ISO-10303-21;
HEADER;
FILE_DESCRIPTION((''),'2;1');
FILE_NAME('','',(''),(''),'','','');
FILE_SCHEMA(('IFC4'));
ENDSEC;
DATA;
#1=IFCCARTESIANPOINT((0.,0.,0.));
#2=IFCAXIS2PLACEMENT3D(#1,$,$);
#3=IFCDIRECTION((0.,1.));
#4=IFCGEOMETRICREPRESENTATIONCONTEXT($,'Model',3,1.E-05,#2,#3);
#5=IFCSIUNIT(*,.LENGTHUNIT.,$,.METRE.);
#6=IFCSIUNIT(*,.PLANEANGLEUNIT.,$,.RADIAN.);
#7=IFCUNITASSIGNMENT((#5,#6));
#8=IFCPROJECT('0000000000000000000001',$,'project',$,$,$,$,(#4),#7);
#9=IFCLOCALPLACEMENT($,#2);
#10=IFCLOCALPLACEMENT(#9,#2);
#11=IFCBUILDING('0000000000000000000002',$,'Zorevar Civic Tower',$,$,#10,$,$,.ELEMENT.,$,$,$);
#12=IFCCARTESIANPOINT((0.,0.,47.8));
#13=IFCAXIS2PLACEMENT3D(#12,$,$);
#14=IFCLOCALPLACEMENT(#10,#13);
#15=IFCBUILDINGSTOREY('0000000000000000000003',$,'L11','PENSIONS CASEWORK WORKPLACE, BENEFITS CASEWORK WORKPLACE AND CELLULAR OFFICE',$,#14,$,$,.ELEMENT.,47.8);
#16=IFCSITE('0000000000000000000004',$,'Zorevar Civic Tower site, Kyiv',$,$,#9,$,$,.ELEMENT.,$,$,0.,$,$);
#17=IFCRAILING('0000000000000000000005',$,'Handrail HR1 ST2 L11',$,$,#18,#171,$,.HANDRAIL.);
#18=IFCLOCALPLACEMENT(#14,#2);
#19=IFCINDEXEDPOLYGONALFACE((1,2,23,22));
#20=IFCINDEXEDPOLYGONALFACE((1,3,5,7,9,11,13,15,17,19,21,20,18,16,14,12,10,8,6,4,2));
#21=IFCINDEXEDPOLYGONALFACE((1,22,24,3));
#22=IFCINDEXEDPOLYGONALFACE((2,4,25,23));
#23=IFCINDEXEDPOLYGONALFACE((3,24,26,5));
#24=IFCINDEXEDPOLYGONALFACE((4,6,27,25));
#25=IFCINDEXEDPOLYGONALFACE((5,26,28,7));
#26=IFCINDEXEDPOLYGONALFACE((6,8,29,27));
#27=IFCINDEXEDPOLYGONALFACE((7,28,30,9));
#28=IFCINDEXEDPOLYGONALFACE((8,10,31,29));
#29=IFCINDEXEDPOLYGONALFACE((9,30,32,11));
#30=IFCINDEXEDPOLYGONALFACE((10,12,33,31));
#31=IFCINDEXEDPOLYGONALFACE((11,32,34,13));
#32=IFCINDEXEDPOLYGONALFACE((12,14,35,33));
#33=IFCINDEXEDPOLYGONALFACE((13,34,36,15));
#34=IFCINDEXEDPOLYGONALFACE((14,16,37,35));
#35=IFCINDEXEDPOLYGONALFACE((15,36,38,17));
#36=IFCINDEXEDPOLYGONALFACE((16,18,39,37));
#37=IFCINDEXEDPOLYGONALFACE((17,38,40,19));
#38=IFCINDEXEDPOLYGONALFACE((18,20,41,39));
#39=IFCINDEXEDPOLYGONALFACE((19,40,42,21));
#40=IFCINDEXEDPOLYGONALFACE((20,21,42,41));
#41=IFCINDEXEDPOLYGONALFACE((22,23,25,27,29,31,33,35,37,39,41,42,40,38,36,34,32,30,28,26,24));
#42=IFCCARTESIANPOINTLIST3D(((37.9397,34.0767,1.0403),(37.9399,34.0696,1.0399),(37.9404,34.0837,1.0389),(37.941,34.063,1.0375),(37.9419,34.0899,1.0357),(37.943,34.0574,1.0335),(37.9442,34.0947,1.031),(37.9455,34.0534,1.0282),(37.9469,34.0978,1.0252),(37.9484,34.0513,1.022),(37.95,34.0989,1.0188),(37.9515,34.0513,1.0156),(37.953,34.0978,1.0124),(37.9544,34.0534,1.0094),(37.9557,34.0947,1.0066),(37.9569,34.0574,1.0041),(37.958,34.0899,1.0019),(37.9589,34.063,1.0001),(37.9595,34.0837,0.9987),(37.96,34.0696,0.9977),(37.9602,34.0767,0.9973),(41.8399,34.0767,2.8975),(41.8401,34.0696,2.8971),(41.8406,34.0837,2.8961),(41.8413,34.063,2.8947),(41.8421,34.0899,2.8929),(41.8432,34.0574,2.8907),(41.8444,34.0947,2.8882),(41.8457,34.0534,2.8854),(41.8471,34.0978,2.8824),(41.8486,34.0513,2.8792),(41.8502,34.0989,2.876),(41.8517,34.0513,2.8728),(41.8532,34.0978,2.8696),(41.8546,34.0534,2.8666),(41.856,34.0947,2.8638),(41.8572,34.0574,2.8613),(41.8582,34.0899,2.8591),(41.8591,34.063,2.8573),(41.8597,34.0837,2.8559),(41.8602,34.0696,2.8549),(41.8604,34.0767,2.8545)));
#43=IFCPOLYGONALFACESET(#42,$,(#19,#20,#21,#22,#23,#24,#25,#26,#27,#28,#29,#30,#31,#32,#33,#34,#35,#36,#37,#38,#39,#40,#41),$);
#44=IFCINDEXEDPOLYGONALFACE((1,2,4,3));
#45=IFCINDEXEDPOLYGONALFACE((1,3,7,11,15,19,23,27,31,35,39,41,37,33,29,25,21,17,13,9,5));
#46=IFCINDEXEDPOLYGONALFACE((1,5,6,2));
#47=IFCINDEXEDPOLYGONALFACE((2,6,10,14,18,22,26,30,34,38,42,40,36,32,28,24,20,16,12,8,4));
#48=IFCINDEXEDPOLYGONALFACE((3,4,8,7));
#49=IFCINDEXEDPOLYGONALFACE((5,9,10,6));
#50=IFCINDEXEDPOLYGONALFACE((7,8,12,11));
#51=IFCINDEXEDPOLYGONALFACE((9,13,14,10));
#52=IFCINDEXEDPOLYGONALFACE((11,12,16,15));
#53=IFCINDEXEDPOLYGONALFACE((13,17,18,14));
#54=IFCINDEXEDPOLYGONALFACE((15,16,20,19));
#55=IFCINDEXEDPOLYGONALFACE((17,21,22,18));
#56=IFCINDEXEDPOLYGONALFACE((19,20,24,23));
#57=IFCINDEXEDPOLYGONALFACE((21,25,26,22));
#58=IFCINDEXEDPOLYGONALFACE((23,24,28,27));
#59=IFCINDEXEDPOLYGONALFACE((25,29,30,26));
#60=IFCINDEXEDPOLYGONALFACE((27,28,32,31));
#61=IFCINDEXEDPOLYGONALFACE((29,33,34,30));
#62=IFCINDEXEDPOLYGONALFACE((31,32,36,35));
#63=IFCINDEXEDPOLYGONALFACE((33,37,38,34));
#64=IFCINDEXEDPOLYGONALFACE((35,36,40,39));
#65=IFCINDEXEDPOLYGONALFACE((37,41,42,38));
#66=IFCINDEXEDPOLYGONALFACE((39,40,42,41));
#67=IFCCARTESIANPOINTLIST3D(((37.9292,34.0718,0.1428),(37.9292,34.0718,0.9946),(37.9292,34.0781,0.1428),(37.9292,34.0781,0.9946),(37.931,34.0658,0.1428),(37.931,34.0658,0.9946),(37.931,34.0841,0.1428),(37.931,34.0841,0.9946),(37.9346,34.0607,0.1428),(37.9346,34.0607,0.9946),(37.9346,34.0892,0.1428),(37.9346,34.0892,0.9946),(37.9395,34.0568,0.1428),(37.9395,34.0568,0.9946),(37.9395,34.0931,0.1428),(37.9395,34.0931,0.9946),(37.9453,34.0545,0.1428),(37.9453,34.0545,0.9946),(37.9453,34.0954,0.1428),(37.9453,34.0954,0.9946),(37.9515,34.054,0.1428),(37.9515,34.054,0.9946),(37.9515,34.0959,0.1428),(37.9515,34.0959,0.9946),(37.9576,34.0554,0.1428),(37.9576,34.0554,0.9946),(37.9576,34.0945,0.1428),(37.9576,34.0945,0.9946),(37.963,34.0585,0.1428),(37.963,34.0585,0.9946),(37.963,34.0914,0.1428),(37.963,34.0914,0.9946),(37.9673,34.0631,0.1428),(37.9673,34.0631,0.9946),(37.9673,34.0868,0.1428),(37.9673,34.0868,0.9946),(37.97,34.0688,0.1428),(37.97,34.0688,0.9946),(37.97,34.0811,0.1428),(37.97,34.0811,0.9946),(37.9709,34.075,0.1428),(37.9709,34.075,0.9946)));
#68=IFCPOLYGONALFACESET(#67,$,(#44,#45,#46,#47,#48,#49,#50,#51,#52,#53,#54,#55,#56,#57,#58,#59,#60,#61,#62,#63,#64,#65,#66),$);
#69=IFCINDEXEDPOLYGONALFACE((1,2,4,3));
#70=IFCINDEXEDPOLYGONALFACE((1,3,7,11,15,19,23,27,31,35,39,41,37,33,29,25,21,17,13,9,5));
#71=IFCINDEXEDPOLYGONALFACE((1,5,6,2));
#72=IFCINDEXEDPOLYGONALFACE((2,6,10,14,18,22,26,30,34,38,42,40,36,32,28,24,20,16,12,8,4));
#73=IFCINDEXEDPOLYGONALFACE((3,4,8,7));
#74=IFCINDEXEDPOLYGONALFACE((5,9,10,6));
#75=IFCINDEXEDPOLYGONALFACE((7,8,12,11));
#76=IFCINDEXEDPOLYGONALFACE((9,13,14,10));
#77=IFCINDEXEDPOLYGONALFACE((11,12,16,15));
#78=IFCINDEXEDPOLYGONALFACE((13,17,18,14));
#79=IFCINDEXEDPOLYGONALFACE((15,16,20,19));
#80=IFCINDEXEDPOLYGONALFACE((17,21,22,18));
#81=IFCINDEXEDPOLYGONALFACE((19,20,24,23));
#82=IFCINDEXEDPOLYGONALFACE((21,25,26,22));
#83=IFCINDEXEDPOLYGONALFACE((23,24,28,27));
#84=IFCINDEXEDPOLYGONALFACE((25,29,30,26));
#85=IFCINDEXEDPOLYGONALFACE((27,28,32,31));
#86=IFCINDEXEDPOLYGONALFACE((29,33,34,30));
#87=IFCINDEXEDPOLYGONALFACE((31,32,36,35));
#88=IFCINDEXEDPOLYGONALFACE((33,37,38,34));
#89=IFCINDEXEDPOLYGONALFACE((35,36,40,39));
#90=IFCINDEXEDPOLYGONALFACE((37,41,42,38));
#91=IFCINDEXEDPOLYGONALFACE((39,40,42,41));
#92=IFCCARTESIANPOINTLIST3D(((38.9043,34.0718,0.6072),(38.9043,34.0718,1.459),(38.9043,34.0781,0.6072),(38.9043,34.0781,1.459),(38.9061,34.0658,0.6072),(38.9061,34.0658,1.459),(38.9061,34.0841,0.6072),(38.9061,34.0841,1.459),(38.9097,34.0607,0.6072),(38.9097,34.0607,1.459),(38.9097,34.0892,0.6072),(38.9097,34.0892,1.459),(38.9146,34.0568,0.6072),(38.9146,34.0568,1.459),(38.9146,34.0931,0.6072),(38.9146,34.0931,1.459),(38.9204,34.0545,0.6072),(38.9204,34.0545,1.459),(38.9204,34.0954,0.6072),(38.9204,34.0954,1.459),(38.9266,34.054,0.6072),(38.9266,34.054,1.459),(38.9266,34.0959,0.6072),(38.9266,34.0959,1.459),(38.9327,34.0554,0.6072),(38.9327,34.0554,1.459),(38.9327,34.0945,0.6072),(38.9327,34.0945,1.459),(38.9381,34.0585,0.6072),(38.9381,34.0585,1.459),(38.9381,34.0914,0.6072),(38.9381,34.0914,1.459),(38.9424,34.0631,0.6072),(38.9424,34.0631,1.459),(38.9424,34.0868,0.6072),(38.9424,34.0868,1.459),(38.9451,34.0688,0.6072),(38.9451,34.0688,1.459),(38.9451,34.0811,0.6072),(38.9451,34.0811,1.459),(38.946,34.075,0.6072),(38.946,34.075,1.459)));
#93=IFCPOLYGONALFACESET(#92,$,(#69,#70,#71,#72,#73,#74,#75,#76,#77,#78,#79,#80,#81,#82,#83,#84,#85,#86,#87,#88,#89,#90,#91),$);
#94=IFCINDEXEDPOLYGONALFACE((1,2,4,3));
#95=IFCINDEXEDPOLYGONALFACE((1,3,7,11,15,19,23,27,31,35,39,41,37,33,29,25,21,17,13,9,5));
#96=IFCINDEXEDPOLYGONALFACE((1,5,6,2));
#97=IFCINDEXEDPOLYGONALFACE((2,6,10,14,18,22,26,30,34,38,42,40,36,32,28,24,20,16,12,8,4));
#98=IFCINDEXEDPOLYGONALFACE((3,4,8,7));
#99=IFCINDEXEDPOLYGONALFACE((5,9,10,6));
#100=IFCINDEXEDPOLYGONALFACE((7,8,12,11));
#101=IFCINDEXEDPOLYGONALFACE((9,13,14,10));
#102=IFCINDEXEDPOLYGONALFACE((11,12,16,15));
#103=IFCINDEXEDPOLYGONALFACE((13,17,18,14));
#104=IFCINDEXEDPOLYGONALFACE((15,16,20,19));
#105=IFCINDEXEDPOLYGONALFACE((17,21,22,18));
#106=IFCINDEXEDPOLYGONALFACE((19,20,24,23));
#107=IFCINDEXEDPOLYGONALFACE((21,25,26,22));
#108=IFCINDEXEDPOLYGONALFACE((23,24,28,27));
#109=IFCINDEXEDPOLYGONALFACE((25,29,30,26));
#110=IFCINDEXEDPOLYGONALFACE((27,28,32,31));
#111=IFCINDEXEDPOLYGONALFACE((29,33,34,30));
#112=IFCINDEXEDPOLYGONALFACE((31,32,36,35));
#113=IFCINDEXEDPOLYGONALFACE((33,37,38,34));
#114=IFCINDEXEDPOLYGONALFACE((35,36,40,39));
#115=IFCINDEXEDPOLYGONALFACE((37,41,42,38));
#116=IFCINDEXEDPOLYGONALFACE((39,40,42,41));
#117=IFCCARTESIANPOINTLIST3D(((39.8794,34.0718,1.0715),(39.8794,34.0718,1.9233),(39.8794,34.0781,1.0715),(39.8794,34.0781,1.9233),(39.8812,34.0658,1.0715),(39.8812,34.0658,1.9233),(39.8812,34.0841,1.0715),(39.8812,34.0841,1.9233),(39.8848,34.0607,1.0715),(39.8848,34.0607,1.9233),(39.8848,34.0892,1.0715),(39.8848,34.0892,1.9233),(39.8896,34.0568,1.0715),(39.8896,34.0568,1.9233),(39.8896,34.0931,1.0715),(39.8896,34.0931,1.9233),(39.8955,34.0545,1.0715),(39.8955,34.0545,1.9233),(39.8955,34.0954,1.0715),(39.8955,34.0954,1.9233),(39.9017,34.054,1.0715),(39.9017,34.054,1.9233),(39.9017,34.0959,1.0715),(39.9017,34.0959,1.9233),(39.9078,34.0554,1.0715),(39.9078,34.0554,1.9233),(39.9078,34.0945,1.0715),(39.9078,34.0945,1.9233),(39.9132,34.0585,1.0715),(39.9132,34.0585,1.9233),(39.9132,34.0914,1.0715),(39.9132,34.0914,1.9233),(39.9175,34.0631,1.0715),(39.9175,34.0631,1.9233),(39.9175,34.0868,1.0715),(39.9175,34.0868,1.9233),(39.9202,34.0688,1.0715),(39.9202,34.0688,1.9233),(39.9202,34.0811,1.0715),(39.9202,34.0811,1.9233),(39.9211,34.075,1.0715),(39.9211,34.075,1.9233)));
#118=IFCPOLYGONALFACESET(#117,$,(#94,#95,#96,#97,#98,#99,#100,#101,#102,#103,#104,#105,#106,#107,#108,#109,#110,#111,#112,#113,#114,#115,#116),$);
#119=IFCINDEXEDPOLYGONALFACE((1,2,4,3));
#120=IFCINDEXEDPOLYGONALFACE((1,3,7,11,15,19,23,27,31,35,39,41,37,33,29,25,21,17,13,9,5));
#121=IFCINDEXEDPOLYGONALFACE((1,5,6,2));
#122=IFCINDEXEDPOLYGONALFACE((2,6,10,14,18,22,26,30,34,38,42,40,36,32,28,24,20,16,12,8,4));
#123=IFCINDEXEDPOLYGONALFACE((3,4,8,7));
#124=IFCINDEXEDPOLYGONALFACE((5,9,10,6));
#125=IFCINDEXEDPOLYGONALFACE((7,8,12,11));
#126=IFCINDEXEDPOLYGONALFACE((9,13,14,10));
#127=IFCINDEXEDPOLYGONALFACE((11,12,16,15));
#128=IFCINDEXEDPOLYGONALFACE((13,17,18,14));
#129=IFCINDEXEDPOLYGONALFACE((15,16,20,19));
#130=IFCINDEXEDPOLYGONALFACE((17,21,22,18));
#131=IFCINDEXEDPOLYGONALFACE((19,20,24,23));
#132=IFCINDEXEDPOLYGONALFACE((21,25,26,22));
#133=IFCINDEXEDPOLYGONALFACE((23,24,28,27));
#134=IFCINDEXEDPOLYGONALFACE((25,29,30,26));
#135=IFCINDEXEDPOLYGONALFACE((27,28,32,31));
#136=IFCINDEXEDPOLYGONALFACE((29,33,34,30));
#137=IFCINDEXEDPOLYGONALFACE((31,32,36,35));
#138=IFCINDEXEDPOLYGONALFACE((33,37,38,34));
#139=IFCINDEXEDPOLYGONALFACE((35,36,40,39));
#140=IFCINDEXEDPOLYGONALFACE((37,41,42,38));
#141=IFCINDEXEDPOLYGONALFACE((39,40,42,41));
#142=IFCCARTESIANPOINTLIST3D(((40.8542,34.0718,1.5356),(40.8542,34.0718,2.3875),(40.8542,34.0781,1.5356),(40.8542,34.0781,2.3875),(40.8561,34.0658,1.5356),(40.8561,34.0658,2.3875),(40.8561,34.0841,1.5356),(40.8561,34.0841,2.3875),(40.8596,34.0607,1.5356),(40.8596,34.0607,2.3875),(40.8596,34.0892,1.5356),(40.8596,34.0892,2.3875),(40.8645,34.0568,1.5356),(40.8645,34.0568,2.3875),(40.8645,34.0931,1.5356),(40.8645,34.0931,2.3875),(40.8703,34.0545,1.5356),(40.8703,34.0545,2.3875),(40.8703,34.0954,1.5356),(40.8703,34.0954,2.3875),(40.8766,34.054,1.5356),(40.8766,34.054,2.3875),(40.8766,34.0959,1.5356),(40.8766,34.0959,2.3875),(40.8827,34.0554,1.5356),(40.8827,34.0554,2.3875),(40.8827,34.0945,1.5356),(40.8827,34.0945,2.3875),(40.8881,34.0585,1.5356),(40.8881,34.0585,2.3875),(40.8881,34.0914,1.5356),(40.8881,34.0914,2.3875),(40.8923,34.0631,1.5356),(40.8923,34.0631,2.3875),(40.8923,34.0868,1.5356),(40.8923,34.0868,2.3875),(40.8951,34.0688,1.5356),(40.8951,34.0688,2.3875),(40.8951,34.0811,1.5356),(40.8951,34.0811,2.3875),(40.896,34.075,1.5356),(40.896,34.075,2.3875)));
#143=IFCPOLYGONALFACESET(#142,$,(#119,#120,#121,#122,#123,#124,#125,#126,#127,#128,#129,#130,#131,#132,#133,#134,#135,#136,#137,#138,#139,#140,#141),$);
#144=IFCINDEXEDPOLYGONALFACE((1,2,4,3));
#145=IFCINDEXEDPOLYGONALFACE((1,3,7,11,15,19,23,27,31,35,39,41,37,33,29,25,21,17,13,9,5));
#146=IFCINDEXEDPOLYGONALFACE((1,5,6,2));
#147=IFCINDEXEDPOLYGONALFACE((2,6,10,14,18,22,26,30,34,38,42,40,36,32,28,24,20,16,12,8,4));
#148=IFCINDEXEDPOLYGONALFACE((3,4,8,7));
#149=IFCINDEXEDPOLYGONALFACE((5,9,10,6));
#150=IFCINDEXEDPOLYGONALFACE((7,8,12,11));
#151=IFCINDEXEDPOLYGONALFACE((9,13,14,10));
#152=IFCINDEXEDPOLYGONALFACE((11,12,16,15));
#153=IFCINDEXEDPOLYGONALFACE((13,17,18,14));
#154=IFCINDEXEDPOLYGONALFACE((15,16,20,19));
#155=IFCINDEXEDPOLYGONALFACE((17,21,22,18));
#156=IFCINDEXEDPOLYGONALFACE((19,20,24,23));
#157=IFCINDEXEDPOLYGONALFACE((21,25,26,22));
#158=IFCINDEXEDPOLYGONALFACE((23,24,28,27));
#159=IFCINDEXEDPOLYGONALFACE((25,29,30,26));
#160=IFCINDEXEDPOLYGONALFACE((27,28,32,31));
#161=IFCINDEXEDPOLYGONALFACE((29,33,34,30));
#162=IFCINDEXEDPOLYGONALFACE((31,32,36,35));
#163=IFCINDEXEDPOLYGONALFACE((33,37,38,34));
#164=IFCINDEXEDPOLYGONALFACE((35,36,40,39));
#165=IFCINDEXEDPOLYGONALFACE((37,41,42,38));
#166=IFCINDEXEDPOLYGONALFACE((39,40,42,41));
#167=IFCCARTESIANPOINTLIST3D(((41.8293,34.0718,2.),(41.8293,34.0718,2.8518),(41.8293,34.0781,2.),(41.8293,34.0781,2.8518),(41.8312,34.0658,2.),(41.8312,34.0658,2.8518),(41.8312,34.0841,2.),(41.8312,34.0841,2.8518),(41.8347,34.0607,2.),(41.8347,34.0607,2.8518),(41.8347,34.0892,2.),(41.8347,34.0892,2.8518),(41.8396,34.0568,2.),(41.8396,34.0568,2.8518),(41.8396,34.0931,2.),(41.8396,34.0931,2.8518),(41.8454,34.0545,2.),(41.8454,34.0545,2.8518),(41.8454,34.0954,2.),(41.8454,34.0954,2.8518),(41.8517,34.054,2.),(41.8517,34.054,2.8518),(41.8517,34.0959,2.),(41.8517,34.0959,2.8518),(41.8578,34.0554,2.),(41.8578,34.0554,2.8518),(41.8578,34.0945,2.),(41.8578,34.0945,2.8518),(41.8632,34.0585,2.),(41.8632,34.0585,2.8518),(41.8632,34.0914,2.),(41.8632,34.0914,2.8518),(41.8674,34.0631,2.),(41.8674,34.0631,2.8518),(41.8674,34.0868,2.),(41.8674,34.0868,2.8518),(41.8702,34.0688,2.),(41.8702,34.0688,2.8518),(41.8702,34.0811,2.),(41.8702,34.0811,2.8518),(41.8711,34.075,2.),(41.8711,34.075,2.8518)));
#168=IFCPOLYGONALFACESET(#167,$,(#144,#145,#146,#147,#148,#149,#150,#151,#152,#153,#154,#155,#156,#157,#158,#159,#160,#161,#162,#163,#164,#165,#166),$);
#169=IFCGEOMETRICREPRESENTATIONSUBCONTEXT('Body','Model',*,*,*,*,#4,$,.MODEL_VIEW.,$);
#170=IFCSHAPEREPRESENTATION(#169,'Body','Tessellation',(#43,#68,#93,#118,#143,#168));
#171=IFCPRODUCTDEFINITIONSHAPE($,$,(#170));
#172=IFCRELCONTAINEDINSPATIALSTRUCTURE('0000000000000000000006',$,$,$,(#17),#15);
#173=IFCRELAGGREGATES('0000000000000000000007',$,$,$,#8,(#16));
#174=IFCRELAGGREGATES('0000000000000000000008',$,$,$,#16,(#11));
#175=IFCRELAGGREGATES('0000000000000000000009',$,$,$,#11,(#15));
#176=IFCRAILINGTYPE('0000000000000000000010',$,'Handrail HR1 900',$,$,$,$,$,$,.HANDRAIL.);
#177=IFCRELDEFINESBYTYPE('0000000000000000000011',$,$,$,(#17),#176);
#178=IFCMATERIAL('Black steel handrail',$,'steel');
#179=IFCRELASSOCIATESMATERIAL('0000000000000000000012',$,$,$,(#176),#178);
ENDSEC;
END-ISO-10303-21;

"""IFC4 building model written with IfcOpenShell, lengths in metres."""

from ifc_helpers import new_model, si_unit, direction, frame, origin, origin_2d, place, context, subcontext, project, spatial, circle, extrude, material, type_object, element, save


model = new_model("IFC4")

# Units and contexts
model_context = context("Model", 3, precision=1e-05, world=origin(), true_north=direction((0.0, 1.0)))
body_context = subcontext(model_context, "Body", "Model", "MODEL_VIEW")
ifc_project = project(units=[si_unit("LENGTHUNIT", "METRE"), si_unit("PLANEANGLEUNIT", "RADIAN")], contexts=[model_context])

# Site, building, storey
site_placement = place(None, origin())
site = spatial("IfcSite", under=ifc_project, at=site_placement, Name="Zorevar Civic Tower site, Kyiv", CompositionType="ELEMENT", RefElevation=0.0)
building_placement = place(site_placement, origin())
building = spatial("IfcBuilding", under=site, at=building_placement, Name="Zorevar Civic Tower", CompositionType="ELEMENT")
storey_placement = place(building_placement, frame((0.0, 0.0, 47.8)))
storey = spatial("IfcBuildingStorey", under=building, at=storey_placement, Name="L11", Description="PENSIONS CASEWORK WORKPLACE, BENEFITS CASEWORK WORKPLACE AND CELLULAR OFFICE", CompositionType="ELEMENT", Elevation=47.8)

# Railing
ifc_material_1 = material(Name="Black steel handrail", Category="steel")
railing_type = type_object("IfcRailingType", Name="Handrail HR1 900", PredefinedType="HANDRAIL", material=ifc_material_1)
railing_1_placement = place(storey_placement, frame((37.95, 34.075, 0.1428)))
element("IfcRailing", 1, at=railing_1_placement, inside=storey, type_object=railing_type, Name="Handrail HR1 ST2 L11", PredefinedType="HANDRAIL", context=body_context, shape_type="SweptSolid", body=[
    extrude(circle(Radius=0.0239, at=origin_2d()), frame((0.0, 0.0, 0.876), z_axis=(0.902864, 0.0, 0.429927), x_axis=(0.0, 1.0, 0.0)), (0.0, 0.0, 1.0), 4.3198),
    extrude(circle(Radius=0.021, at=origin_2d()), origin(), (0.0, 0.0, 1.0), 0.8518),
    extrude(circle(Radius=0.021, at=origin_2d()), frame((0.9751, 0.0, 0.4644)), (0.0, 0.0, 1.0), 0.8518),
    extrude(circle(Radius=0.021, at=origin_2d()), frame((1.9502, 0.0, 0.9287)), (0.0, 0.0, 1.0), 0.8518),
    extrude(circle(Radius=0.021, at=origin_2d()), frame((2.925, 0.0, 1.3928)), (0.0, 0.0, 1.0), 0.8518),
    extrude(circle(Radius=0.021, at=origin_2d()), frame((3.9001, 0.0, 1.8572)), (0.0, 0.0, 1.0), 0.8518),
])

save(model, "model.ifc")
